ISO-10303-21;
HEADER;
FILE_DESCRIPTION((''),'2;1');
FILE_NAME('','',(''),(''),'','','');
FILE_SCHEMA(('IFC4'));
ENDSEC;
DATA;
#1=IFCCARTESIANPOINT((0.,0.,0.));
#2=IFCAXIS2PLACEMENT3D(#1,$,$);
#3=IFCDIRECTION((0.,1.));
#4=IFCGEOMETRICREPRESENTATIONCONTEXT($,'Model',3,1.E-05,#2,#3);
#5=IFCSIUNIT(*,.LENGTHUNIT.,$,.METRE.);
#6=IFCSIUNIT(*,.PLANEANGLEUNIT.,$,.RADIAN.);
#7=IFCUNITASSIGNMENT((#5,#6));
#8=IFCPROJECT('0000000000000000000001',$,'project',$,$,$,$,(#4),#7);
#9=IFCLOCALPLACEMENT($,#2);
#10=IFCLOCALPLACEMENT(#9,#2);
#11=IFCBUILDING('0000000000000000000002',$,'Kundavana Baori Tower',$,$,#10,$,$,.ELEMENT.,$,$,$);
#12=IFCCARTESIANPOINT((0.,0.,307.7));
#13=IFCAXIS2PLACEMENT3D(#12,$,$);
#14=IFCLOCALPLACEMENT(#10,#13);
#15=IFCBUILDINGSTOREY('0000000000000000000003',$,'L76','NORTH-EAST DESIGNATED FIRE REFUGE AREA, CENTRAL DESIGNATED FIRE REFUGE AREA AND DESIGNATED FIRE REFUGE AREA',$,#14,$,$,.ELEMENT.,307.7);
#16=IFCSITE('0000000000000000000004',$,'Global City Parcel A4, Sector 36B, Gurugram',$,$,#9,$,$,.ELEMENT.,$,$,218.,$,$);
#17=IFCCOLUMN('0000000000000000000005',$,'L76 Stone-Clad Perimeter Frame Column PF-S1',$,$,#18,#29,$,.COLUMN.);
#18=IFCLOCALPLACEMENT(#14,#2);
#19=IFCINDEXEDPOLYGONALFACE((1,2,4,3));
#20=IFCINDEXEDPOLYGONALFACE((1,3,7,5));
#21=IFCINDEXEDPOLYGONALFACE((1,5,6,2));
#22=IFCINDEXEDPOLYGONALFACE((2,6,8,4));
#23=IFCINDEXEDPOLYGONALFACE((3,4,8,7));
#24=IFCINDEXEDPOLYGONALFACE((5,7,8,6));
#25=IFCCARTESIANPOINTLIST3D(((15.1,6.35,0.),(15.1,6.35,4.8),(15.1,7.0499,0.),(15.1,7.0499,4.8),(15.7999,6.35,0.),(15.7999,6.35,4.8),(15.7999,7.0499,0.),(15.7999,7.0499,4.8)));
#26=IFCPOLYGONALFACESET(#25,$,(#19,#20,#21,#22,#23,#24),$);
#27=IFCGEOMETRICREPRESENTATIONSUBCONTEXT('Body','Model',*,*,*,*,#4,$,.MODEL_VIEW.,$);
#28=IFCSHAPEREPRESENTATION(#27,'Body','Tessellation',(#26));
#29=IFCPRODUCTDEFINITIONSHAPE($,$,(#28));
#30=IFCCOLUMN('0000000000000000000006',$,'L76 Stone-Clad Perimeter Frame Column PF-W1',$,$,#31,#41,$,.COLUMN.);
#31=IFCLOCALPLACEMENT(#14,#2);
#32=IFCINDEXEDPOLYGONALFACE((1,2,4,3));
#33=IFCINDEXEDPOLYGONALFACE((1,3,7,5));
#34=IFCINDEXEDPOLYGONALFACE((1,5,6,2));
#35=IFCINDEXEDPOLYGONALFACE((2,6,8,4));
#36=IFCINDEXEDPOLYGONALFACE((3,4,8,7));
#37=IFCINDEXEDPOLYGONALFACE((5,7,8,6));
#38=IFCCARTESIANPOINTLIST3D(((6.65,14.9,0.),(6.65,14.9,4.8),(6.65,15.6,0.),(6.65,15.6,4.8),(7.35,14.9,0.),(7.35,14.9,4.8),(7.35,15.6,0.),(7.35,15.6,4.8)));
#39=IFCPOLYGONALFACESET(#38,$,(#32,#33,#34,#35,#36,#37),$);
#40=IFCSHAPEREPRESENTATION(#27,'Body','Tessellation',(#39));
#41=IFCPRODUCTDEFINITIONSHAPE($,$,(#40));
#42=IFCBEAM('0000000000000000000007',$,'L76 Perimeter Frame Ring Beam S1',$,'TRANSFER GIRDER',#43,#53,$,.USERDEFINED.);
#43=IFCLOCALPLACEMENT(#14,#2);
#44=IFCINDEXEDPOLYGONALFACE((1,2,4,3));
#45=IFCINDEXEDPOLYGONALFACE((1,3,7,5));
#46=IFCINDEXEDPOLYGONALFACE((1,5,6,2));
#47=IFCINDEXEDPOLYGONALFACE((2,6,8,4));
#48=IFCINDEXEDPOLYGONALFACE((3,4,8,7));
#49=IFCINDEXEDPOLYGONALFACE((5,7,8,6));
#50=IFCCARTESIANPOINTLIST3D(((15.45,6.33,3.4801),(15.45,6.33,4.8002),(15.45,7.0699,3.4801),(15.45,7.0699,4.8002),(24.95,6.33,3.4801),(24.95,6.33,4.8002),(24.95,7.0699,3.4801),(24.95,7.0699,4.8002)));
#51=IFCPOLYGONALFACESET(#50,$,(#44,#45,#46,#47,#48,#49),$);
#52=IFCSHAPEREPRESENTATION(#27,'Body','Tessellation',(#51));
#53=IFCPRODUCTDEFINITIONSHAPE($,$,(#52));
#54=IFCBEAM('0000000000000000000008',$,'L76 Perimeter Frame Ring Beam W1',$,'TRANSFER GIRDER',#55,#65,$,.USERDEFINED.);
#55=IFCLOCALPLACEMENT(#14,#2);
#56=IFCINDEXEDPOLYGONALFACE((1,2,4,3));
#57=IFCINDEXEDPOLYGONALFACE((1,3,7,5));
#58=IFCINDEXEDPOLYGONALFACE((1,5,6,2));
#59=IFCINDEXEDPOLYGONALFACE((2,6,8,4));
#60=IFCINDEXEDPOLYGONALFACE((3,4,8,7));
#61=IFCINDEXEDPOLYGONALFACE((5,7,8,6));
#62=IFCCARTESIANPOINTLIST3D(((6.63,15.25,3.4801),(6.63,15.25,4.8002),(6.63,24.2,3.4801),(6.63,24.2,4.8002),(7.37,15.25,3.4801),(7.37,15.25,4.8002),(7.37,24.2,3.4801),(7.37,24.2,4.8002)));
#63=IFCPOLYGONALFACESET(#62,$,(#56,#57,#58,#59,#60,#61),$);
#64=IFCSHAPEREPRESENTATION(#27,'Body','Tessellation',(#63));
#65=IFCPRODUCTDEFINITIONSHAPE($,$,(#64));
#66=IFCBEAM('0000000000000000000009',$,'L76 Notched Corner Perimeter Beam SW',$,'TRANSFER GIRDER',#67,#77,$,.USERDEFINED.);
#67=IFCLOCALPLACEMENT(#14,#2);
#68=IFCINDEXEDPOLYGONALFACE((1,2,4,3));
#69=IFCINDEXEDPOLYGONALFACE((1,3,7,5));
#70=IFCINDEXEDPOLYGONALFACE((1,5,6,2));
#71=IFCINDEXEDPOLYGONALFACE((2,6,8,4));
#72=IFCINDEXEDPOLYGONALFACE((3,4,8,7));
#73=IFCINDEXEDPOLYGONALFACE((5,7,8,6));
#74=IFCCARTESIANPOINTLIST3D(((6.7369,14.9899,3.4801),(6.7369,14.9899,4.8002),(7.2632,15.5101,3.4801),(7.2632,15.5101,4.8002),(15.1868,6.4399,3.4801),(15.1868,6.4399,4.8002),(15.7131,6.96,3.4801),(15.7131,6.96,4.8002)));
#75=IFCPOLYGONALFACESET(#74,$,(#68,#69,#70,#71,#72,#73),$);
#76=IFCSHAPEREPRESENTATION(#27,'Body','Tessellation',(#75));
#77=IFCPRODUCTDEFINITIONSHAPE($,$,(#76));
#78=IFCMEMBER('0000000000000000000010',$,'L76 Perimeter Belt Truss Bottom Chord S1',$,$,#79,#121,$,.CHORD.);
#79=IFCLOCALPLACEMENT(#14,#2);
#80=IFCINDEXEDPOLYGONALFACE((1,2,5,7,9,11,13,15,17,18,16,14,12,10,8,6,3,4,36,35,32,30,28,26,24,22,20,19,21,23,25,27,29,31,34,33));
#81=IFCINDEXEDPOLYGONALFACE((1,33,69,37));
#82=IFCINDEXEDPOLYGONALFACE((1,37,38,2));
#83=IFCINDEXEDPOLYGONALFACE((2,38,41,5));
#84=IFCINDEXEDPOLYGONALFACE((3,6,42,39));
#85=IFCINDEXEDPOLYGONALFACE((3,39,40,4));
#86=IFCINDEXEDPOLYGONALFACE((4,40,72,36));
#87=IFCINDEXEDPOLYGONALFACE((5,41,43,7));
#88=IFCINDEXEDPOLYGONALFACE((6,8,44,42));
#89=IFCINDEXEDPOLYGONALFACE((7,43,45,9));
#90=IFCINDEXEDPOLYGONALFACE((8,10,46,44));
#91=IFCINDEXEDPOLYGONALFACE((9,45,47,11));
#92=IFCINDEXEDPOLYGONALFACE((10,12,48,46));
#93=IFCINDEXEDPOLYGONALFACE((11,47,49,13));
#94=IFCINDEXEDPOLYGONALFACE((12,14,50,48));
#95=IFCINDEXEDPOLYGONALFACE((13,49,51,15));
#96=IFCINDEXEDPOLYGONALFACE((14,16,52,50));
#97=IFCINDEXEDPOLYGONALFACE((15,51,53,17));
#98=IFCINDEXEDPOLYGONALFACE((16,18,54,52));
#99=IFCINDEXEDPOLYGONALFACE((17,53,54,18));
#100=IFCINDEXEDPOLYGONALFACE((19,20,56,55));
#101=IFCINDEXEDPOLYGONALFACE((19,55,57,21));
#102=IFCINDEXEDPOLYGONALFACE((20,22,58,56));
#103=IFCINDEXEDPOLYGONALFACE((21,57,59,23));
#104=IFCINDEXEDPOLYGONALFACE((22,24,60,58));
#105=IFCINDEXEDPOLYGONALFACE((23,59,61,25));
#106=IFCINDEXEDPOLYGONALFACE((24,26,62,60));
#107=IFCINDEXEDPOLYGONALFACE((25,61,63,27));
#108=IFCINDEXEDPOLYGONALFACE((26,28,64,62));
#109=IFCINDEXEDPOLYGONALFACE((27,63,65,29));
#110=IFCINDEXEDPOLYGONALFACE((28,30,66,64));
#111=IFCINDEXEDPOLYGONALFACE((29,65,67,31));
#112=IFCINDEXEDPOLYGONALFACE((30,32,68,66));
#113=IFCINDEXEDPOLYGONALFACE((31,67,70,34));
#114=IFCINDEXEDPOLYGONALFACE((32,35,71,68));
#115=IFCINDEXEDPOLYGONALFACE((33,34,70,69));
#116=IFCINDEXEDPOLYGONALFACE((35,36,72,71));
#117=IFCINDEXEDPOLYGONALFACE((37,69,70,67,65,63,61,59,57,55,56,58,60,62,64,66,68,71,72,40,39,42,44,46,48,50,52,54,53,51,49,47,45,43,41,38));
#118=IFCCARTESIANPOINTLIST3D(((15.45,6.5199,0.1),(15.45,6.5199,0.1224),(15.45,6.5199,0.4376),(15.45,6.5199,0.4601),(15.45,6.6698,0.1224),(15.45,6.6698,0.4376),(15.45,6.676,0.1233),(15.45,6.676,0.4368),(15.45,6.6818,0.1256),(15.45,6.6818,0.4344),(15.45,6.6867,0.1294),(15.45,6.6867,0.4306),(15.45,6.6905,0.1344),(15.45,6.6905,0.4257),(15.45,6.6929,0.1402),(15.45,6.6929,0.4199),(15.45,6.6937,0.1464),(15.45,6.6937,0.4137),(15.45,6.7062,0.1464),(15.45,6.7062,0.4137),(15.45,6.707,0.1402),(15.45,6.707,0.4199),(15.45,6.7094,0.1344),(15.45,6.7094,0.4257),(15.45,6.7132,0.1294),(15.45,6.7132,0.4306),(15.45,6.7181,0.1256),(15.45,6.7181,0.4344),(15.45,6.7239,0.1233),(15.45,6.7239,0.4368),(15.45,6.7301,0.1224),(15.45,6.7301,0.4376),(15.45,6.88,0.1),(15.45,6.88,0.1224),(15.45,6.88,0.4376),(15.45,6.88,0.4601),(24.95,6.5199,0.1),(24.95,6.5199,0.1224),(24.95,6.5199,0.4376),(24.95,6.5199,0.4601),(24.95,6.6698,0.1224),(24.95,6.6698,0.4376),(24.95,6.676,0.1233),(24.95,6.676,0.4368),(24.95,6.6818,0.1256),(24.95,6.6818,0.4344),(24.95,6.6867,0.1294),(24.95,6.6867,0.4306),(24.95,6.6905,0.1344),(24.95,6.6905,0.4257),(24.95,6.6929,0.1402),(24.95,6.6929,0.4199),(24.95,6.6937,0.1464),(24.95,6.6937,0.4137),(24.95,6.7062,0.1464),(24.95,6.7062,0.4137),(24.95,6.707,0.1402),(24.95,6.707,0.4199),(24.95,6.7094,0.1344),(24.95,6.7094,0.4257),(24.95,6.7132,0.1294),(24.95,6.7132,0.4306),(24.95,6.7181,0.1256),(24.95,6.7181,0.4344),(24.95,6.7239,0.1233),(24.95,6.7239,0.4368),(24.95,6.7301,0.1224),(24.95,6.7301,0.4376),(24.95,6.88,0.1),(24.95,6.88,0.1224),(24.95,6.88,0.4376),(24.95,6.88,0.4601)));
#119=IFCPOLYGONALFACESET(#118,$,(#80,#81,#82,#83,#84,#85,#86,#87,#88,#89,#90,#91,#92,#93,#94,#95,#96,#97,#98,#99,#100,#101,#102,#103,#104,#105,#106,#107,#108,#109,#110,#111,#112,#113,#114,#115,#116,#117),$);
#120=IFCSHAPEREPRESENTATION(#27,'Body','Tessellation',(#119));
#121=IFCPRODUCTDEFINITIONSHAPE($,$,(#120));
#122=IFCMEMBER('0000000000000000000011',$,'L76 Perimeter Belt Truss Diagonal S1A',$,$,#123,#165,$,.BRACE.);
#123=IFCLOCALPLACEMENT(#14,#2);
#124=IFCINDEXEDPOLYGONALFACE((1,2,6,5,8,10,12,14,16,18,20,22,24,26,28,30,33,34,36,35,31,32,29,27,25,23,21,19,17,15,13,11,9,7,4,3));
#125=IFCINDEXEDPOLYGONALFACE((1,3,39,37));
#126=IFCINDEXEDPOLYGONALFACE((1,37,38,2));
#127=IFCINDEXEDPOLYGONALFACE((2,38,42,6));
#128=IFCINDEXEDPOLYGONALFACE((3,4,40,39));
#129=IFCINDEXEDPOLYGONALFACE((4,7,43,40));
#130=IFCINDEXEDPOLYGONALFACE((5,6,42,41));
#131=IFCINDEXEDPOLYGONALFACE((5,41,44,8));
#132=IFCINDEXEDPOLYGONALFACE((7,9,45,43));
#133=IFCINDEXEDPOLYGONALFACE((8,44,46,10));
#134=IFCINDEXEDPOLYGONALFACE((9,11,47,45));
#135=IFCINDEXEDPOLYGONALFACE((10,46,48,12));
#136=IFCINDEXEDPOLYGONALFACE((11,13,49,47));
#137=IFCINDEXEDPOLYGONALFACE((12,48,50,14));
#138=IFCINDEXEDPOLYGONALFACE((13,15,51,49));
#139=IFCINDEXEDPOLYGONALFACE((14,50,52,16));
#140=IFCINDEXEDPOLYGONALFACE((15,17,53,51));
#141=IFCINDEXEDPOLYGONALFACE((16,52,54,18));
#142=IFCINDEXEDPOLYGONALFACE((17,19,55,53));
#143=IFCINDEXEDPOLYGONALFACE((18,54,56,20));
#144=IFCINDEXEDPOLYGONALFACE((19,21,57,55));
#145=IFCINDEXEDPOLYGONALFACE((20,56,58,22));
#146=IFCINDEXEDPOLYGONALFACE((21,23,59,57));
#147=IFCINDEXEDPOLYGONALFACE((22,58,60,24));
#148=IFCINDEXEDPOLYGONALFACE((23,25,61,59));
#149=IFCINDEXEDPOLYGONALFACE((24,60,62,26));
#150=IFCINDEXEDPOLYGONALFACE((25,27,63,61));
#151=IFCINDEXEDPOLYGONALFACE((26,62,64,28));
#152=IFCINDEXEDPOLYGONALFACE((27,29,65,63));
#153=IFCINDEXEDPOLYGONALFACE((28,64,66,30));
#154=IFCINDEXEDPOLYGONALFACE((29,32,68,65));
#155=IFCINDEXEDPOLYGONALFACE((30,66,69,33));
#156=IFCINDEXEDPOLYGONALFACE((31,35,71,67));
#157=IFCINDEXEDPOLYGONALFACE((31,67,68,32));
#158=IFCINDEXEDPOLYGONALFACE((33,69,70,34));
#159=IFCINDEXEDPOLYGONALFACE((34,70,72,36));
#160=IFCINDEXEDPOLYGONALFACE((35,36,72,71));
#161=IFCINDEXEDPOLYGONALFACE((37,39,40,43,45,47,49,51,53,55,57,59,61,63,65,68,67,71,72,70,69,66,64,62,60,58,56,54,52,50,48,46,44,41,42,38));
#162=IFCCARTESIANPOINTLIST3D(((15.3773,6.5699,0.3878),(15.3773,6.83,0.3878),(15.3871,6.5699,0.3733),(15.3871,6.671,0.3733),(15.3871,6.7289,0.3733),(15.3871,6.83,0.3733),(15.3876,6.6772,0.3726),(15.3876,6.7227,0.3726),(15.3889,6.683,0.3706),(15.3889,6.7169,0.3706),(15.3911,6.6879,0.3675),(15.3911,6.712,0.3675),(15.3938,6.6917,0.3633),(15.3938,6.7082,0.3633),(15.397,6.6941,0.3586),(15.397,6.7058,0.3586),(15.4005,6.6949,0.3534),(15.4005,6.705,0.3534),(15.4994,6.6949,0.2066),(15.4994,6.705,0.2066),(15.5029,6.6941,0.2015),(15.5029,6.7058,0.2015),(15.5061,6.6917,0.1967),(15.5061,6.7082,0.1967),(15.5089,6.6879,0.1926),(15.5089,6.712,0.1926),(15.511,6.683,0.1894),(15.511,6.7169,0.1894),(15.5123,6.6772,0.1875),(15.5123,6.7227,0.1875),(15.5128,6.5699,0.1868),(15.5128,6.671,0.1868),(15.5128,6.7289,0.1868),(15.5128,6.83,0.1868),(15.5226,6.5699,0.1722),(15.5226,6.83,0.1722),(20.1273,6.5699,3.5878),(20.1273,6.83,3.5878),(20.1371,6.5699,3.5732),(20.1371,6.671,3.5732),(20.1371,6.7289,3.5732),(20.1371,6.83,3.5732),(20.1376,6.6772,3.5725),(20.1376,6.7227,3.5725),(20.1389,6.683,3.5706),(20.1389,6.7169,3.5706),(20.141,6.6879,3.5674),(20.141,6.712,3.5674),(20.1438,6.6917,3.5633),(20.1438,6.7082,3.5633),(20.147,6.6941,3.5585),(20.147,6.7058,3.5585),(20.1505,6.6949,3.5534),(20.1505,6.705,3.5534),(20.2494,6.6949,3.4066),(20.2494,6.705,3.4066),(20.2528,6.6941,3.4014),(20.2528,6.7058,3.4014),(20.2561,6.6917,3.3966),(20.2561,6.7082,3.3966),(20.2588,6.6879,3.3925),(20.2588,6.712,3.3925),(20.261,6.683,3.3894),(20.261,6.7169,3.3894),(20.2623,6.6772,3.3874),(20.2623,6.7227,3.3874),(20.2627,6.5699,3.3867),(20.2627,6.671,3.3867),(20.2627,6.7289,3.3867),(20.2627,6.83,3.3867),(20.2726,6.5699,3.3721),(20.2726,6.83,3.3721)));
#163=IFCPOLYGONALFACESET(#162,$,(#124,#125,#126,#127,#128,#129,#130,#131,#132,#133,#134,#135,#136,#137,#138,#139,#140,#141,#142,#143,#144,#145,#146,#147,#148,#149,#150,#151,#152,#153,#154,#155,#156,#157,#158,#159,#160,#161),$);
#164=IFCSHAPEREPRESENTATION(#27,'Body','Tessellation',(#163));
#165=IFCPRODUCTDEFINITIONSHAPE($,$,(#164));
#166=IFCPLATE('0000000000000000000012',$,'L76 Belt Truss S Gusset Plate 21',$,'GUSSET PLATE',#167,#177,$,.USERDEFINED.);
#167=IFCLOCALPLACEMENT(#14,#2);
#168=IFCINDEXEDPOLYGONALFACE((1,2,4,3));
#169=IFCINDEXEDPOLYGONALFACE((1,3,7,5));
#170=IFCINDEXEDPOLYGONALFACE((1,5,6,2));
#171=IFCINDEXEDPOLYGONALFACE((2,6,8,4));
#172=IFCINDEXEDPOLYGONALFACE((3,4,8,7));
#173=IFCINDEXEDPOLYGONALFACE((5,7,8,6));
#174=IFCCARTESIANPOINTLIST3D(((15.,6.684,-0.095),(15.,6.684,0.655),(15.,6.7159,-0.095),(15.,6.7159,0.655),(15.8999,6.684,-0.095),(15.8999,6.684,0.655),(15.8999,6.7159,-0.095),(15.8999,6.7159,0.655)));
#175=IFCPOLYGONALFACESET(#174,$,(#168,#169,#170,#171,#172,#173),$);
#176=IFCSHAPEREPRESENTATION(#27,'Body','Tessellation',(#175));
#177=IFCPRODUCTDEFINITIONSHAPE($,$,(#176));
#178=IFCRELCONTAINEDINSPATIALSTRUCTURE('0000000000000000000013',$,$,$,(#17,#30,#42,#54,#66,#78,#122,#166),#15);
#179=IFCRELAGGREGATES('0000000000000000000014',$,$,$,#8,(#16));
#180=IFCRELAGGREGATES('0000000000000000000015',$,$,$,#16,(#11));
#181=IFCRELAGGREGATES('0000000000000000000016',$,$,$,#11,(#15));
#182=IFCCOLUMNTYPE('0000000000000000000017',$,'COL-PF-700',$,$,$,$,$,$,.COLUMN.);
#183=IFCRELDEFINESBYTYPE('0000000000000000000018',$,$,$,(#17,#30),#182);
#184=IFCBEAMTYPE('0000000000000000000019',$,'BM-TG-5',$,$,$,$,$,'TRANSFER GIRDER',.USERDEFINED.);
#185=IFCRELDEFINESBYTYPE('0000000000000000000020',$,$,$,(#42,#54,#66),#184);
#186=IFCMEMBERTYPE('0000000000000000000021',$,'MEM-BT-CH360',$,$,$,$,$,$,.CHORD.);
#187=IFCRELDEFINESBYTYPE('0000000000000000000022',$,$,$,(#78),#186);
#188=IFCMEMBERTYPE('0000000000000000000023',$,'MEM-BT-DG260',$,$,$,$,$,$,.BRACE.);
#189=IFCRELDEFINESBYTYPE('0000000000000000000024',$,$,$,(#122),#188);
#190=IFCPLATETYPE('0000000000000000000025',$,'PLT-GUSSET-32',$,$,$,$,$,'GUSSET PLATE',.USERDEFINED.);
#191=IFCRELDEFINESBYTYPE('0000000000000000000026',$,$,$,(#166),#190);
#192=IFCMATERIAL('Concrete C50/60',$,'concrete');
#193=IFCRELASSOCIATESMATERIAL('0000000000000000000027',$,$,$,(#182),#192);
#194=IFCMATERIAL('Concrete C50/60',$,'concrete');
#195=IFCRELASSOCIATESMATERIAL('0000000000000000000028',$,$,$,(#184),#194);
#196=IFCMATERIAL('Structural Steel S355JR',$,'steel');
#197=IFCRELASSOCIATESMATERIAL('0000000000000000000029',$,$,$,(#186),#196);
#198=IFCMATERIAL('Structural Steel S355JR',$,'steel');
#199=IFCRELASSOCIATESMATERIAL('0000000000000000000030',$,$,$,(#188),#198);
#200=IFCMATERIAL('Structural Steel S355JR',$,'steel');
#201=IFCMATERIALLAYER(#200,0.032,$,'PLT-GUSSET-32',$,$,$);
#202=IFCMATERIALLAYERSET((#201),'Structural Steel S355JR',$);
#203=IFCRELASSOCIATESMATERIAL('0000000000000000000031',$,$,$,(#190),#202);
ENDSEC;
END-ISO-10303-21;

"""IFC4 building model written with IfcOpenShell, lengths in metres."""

from ifc_helpers import new_model, si_unit, direction, frame, origin, origin_2d, place, context, subcontext, project, spatial, rectangle, i_section, extrude, material, layer, layer_set, material_profile, profile_set, type_object, element, save


model = new_model("IFC4")

# Units and contexts
model_context = context("Model", 3, precision=1e-05, world=origin(), true_north=direction((0.0, 1.0)))
body_context = subcontext(model_context, "Body", "Model", "MODEL_VIEW")
ifc_project = project(units=[si_unit("LENGTHUNIT", "METRE"), si_unit("PLANEANGLEUNIT", "RADIAN")], contexts=[model_context])

# Site, building, storey
site_placement = place(None, origin())
site = spatial("IfcSite", under=ifc_project, at=site_placement, Name="Global City Parcel A4, Sector 36B, Gurugram", CompositionType="ELEMENT", RefElevation=218.0)
building_placement = place(site_placement, origin())
building = spatial("IfcBuilding", under=site, at=building_placement, Name="Kundavana Baori Tower", CompositionType="ELEMENT")
storey_placement = place(building_placement, frame((0.0, 0.0, 307.7)))
storey = spatial("IfcBuildingStorey", under=building, at=storey_placement, Name="L76", Description="NORTH-EAST DESIGNATED FIRE REFUGE AREA, CENTRAL DESIGNATED FIRE REFUGE AREA AND DESIGNATED FIRE REFUGE AREA", CompositionType="ELEMENT", Elevation=307.7)

# Columns
ifc_material_1 = material(Name="Concrete C50/60", Category="concrete")
ifc_material_profile_1 = material_profile(ifc_material_1, rectangle(XDim=0.7, YDim=0.7, at=origin_2d()), Name="RC PF 700x700")
ifc_profile_set_1 = profile_set([ifc_material_profile_1], Name="Concrete C50/60")
column_type = type_object("IfcColumnType", Name="COL-PF-700", PredefinedType="COLUMN", material=ifc_profile_set_1)
for number, where, z_axis, x_axis, name in (
    (1, (15.45, 6.7, 0.0), (0.0, 0.0, 1.0), (1.0, 0.0, 0.0), "L76 Stone-Clad Perimeter Frame Column PF-S1"),
    (2, (7.0, 15.25, 0.0), (0.0, 0.0, 1.0), (1.0, 0.0, 0.0), "L76 Stone-Clad Perimeter Frame Column PF-W1"),
):
    element("IfcColumn", number, at=place(storey_placement, frame(where, z_axis=z_axis, x_axis=x_axis)), inside=storey, type_object=column_type, Name=name, PredefinedType="COLUMN", context=body_context, shape_type="SweptSolid", body=[
        extrude(rectangle(XDim=0.7, YDim=0.7, at=origin_2d()), origin(), (0.0, 0.0, 1.0), 4.8),
    ])

# Beams
ifc_material_2 = material(Name="Concrete C50/60", Category="concrete")
ifc_material_profile_2 = material_profile(ifc_material_2, rectangle(XDim=0.74, YDim=1.3201, at=origin_2d()), Name="BM-TG-5")
ifc_profile_set_2 = profile_set([ifc_material_profile_2], Name="Concrete C50/60")
beam_type = type_object("IfcBeamType", Name="BM-TG-5", ElementType="TRANSFER GIRDER", PredefinedType="USERDEFINED", material=ifc_profile_set_2)
beam_1_placement = place(storey_placement, frame((15.45, 6.7, 4.1401), z_axis=(1.0, 0.0, 0.0), x_axis=(0.0, 1.0, 0.0)))
element("IfcBeam", 3, at=beam_1_placement, inside=storey, type_object=beam_type, Name="L76 Perimeter Frame Ring Beam S1", ObjectType="TRANSFER GIRDER", PredefinedType="USERDEFINED", context=body_context, shape_type="SweptSolid", body=[
    extrude(rectangle(XDim=0.74, YDim=1.3201, at=origin_2d()), origin(), (0.0, 0.0, 1.0), 9.5),
])
beam_2_placement = place(storey_placement, frame((7.0, 15.25, 4.1401), z_axis=(0.0, 1.0, 0.0), x_axis=(-1.0, 0.0, 0.0)))
element("IfcBeam", 4, at=beam_2_placement, inside=storey, type_object=beam_type, Name="L76 Perimeter Frame Ring Beam W1", ObjectType="TRANSFER GIRDER", PredefinedType="USERDEFINED", context=body_context, shape_type="SweptSolid", body=[
    extrude(rectangle(XDim=0.74, YDim=1.3201, at=origin_2d()), origin(), (0.0, 0.0, 1.0), 8.95),
])
beam_3_placement = place(storey_placement, frame((15.45, 6.7, 4.1401), z_axis=(-0.702931, 0.711258, 0.0), x_axis=(-0.711258, -0.702931, 0.0)))
element("IfcBeam", 5, at=beam_3_placement, inside=storey, type_object=beam_type, Name="L76 Notched Corner Perimeter Beam SW", ObjectType="TRANSFER GIRDER", PredefinedType="USERDEFINED", context=body_context, shape_type="SweptSolid", body=[
    extrude(rectangle(XDim=0.74, YDim=1.3201, at=origin_2d()), origin(), (0.0, 0.0, 1.0), 12.021),
])

# Members
ifc_material_3 = material(Name="Structural Steel S355JR", Category="steel")
ifc_material_profile_3 = material_profile(ifc_material_3, i_section(OverallWidth=0.3601, OverallDepth=0.3601, WebThickness=0.0125, FlangeThickness=0.0225, FilletRadius=0.0239, at=origin_2d()), Name="WPB 360x360x142")
ifc_profile_set_3 = profile_set([ifc_material_profile_3], Name="Structural Steel S355JR")
member_type_1 = type_object("IfcMemberType", Name="MEM-BT-CH360", PredefinedType="CHORD", material=ifc_profile_set_3)
member_1_placement = place(storey_placement, frame((15.45, 6.7, 0.28), z_axis=(1.0, 0.0, 0.0), x_axis=(0.0, 1.0, 0.0)))
element("IfcMember", 6, at=member_1_placement, inside=storey, type_object=member_type_1, Name="L76 Perimeter Belt Truss Bottom Chord S1", PredefinedType="CHORD", context=body_context, shape_type="SweptSolid", body=[
    extrude(i_section(OverallWidth=0.3601, OverallDepth=0.3601, WebThickness=0.0125, FlangeThickness=0.0225, FilletRadius=0.0239, at=origin_2d()), origin(), (0.0, 0.0, 1.0), 9.5),
])
ifc_material_4 = material(Name="Structural Steel S355JR", Category="steel")
ifc_material_profile_4 = material_profile(ifc_material_4, i_section(OverallWidth=0.26, OverallDepth=0.26, WebThickness=0.01, FlangeThickness=0.0176, FilletRadius=0.0239, at=origin_2d()), Name="WPB 260x260x93")
ifc_profile_set_4 = profile_set([ifc_material_profile_4], Name="Structural Steel S355JR")
member_type_2 = type_object("IfcMemberType", Name="MEM-BT-DG260", PredefinedType="BRACE", material=ifc_profile_set_4)
member_2_placement = place(storey_placement, frame((15.45, 6.7, 0.28), z_axis=(0.829358, 0.0, 0.558717), x_axis=(0.0, 1.0, 0.0)))
element("IfcMember", 7, at=member_2_placement, inside=storey, type_object=member_type_2, Name="L76 Perimeter Belt Truss Diagonal S1A", PredefinedType="BRACE", context=body_context, shape_type="SweptSolid", body=[
    extrude(i_section(OverallWidth=0.26, OverallDepth=0.26, WebThickness=0.01, FlangeThickness=0.0176, FilletRadius=0.0239, at=origin_2d()), origin(), (0.0, 0.0, 1.0), 5.7273),
])

# Plate
ifc_material_5 = material(Name="Structural Steel S355JR", Category="steel")
ifc_layer_1 = layer(ifc_material_5, 0.032, Name="PLT-GUSSET-32")
ifc_layer_set_1 = layer_set([ifc_layer_1], Name="Structural Steel S355JR")
plate_type = type_object("IfcPlateType", Name="PLT-GUSSET-32", ElementType="GUSSET PLATE", PredefinedType="USERDEFINED", material=ifc_layer_set_1)
plate_placement = place(storey_placement, frame((15.45, 6.7, -0.095), z_axis=(0.0, 0.0, 1.0), x_axis=(1.0, 0.0, 0.0)))
element("IfcPlate", 8, at=plate_placement, inside=storey, type_object=plate_type, Name="L76 Belt Truss S Gusset Plate 21", ObjectType="GUSSET PLATE", PredefinedType="USERDEFINED", context=body_context, shape_type="SweptSolid", body=[
    extrude(rectangle(XDim=0.8999, YDim=0.032, at=origin_2d()), origin(), (0.0, 0.0, 1.0), 0.75),
])

save(model, "model.ifc")
